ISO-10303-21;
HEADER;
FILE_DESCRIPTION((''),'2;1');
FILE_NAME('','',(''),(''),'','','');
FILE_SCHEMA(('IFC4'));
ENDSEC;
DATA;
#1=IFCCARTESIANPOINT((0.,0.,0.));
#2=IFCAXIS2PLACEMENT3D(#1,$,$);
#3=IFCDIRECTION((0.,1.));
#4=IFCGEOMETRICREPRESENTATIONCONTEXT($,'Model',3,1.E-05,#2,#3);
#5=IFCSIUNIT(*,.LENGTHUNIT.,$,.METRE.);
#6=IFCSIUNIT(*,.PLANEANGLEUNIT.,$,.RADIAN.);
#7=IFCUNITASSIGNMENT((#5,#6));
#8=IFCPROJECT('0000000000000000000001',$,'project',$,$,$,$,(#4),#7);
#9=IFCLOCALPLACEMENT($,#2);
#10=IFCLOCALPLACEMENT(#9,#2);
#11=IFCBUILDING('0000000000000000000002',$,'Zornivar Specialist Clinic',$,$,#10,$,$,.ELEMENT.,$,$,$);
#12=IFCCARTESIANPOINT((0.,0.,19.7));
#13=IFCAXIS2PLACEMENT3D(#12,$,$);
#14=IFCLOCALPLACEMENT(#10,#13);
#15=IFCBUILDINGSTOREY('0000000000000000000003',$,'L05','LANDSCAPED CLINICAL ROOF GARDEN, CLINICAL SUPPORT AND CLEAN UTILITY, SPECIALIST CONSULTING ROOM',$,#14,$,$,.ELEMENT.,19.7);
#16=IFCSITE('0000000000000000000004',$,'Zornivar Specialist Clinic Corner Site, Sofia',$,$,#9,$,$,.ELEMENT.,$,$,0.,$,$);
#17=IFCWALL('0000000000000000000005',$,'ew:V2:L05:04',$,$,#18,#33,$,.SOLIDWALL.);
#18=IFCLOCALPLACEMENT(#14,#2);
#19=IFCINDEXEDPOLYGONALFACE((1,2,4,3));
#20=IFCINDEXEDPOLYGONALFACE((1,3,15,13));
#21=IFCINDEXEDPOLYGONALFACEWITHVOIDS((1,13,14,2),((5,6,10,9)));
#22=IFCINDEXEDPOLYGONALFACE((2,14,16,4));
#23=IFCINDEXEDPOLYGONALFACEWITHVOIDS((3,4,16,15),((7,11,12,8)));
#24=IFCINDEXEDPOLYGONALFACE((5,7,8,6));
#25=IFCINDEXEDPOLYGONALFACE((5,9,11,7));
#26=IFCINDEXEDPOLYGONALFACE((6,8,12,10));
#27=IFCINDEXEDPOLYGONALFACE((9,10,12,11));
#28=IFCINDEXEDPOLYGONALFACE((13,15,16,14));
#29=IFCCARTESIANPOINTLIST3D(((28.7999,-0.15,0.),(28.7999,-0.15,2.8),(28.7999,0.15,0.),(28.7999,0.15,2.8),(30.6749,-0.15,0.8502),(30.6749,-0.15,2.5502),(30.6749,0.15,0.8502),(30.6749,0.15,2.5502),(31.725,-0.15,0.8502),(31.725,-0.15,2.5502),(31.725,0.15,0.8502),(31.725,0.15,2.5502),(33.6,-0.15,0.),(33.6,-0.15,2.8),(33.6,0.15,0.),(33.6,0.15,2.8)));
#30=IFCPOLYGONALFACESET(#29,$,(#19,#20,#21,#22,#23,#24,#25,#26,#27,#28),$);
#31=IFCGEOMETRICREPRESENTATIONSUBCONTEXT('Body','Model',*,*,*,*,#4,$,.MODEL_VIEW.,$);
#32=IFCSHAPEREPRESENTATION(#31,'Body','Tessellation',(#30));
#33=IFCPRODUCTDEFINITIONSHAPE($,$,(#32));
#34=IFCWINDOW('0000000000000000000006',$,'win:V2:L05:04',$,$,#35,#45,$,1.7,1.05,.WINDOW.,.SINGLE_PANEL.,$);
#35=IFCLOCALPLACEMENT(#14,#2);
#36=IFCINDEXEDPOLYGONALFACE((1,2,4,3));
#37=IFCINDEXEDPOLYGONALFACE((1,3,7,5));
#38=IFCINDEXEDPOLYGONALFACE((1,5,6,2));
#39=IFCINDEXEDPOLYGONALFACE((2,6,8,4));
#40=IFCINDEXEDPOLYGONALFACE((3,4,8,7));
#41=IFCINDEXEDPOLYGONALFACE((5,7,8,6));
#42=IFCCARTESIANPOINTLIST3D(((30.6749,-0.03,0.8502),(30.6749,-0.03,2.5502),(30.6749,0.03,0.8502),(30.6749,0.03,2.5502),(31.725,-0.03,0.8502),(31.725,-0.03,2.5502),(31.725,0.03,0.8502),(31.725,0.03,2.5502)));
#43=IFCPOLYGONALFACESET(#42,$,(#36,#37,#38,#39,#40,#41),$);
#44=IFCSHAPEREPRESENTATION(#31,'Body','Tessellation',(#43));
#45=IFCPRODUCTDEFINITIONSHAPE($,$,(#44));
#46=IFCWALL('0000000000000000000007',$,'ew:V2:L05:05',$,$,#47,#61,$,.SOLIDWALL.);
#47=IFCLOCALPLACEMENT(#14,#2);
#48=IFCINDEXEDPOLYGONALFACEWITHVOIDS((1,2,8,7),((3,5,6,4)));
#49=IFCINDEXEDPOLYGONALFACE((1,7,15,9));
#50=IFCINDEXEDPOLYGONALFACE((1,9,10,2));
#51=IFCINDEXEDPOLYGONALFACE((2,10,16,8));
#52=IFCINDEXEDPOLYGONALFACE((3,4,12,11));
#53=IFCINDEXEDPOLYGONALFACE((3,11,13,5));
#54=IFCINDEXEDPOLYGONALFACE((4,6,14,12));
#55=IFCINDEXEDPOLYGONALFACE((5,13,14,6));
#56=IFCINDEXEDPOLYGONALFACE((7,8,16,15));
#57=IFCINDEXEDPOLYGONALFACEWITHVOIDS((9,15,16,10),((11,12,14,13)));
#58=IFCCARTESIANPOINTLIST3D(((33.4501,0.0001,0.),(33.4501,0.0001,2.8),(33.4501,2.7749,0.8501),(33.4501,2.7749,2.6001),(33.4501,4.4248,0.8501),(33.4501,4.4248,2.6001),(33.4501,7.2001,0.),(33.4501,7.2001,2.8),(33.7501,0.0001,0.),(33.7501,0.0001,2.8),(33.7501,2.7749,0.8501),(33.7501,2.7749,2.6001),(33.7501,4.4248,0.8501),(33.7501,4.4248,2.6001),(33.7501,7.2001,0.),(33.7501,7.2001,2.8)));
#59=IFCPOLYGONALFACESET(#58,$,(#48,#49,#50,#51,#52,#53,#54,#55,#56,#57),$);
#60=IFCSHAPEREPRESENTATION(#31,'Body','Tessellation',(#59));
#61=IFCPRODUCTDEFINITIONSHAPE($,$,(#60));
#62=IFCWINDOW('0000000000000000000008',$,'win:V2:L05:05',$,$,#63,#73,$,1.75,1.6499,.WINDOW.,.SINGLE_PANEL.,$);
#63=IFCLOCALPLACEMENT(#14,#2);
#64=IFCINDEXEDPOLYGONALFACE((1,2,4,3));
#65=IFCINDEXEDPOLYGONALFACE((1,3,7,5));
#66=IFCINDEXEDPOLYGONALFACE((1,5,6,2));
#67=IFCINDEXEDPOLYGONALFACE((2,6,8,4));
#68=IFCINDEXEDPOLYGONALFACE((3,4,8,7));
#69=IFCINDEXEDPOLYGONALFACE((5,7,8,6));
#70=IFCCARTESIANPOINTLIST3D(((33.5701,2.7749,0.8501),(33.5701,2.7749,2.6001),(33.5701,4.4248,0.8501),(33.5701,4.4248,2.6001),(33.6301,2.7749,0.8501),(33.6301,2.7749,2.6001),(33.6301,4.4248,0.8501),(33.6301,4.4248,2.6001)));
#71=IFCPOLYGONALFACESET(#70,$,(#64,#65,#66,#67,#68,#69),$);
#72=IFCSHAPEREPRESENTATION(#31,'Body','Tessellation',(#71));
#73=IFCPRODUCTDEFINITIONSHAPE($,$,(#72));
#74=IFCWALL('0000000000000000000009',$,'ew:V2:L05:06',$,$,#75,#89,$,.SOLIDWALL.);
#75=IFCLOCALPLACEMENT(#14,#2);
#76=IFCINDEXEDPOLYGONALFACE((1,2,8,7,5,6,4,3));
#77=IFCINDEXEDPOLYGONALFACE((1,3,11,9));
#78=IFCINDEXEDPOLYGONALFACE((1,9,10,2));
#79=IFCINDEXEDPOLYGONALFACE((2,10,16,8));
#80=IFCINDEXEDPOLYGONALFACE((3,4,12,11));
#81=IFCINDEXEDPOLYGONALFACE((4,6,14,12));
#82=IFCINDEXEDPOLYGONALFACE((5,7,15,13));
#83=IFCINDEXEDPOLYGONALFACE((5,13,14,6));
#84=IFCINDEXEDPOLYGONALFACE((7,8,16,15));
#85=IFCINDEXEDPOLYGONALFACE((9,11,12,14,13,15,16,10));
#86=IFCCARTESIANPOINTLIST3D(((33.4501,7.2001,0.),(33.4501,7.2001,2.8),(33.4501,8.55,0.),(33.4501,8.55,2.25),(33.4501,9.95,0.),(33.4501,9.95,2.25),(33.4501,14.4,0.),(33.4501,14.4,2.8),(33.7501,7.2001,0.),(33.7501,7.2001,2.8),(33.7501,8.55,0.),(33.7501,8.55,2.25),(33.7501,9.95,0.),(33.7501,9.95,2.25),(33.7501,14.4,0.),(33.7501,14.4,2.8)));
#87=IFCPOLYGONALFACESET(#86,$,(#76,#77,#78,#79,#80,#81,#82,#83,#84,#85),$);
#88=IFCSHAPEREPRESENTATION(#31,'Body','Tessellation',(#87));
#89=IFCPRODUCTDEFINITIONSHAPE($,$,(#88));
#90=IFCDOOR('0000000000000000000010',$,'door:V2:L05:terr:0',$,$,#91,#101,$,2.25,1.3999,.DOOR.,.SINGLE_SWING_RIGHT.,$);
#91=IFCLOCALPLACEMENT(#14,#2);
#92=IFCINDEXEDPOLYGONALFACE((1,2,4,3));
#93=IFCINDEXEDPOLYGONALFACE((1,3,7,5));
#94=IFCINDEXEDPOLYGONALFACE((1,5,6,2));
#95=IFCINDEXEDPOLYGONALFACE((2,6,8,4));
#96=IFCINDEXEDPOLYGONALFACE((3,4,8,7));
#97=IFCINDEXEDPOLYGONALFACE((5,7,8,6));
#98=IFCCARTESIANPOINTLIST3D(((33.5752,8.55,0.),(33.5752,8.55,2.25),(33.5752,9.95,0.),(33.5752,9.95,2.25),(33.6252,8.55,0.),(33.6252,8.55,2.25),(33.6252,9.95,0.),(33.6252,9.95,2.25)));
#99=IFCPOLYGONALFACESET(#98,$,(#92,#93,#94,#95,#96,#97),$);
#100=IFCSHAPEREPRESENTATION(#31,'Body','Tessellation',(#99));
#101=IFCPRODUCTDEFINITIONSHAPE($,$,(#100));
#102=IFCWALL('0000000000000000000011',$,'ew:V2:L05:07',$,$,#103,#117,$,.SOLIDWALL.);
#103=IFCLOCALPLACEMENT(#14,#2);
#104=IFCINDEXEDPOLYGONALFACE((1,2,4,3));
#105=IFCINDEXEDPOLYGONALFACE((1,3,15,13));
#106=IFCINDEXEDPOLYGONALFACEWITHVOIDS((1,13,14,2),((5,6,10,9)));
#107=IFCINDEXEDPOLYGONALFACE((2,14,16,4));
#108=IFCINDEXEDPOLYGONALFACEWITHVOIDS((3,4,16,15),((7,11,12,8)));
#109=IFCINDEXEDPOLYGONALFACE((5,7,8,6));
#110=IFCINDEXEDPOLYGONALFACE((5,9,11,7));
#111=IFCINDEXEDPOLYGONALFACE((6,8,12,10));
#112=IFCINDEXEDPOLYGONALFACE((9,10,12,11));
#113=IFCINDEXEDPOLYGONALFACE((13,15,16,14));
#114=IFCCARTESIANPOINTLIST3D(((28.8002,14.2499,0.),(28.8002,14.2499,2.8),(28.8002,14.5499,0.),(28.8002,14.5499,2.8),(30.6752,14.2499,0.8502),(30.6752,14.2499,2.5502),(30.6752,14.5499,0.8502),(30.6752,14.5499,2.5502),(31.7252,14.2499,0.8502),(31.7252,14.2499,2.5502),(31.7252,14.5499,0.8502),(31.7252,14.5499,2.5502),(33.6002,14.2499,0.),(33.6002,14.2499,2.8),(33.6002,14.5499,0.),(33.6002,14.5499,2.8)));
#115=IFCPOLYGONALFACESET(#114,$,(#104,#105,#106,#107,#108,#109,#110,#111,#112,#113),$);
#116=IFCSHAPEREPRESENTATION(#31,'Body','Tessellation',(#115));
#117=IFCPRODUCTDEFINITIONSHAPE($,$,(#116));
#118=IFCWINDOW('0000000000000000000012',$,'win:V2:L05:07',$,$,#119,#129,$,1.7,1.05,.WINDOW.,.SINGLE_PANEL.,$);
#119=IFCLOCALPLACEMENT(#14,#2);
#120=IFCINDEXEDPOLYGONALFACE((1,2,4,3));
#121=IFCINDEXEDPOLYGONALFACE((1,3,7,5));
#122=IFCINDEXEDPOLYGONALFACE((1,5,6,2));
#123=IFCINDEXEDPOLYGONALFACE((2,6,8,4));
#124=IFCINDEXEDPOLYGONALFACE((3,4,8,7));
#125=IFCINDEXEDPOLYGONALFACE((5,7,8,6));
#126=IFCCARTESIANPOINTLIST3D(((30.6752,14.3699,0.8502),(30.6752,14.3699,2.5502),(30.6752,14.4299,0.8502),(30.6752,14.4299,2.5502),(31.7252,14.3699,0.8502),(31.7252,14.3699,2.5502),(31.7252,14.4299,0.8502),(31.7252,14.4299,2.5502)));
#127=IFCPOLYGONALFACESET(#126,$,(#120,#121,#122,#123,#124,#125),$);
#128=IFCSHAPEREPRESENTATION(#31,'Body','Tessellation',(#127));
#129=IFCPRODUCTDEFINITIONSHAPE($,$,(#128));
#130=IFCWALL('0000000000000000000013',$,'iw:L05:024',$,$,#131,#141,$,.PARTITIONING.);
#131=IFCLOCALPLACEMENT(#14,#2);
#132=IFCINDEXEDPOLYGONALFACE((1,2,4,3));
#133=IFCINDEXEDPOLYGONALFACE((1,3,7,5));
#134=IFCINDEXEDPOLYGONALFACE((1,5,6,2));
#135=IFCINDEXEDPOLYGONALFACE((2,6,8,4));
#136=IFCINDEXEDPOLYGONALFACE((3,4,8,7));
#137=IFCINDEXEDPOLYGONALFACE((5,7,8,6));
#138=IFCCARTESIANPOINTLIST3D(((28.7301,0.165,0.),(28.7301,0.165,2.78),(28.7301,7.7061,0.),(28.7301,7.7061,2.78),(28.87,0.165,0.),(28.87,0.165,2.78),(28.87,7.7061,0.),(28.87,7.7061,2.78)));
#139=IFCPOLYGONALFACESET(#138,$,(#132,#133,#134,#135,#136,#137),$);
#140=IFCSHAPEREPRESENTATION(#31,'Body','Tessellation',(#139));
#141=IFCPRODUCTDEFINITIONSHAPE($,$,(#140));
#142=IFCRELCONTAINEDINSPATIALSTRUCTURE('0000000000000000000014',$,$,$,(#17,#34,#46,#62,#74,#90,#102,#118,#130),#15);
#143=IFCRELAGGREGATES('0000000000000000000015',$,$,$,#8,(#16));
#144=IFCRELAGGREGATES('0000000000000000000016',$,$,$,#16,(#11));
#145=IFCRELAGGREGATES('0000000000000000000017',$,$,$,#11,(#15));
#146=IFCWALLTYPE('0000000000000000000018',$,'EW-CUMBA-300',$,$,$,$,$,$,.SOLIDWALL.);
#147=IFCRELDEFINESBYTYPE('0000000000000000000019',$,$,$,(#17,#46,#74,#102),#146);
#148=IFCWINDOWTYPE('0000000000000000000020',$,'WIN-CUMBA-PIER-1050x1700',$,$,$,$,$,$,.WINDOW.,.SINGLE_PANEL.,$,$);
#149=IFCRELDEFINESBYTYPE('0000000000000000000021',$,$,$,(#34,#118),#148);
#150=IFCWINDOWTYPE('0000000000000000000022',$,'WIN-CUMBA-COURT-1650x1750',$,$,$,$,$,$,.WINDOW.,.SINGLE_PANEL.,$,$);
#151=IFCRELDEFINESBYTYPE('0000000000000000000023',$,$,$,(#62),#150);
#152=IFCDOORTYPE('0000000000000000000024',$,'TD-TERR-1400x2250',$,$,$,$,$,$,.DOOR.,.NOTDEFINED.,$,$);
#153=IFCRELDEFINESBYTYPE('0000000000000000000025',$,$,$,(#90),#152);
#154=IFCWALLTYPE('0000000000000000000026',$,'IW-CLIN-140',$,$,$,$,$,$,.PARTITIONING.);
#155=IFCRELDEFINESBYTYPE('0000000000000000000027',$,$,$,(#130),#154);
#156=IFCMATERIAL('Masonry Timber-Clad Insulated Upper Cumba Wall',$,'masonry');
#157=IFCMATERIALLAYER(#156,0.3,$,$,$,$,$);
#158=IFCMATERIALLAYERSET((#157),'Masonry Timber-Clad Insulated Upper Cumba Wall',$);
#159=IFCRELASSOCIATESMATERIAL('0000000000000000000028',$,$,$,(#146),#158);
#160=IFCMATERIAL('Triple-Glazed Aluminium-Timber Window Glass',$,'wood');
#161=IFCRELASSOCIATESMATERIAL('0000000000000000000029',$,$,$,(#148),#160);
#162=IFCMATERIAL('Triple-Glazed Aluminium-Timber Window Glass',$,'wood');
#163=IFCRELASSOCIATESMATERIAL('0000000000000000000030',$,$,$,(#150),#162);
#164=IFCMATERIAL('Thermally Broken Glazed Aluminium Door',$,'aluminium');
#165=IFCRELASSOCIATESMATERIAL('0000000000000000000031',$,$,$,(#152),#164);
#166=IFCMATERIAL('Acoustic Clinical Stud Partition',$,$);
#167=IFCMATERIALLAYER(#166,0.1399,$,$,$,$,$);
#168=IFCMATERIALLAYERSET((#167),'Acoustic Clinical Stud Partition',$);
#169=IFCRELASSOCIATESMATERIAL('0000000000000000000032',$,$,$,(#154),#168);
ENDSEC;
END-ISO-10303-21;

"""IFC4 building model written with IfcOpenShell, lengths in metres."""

from ifc_helpers import new_model, si_unit, direction, frame, frame_2d, origin, place, context, subcontext, project, spatial, rectangle, extrude, material, layer, layer_set, type_object, element, fill, save


model = new_model("IFC4")

# Units and contexts
model_context = context("Model", 3, precision=1e-05, world=origin(), true_north=direction((0.0, 1.0)))
body_context = subcontext(model_context, "Body", "Model", "MODEL_VIEW")
ifc_project = project(units=[si_unit("LENGTHUNIT", "METRE"), si_unit("PLANEANGLEUNIT", "RADIAN")], contexts=[model_context])

# Site, building, storey
site_placement = place(None, origin())
site = spatial("IfcSite", under=ifc_project, at=site_placement, Name="Zornivar Specialist Clinic Corner Site, Sofia", CompositionType="ELEMENT", RefElevation=0.0)
building_placement = place(site_placement, origin())
building = spatial("IfcBuilding", under=site, at=building_placement, Name="Zornivar Specialist Clinic", CompositionType="ELEMENT")
storey_placement = place(building_placement, frame((0.0, 0.0, 19.7)))
storey = spatial("IfcBuildingStorey", under=building, at=storey_placement, Name="L05", Description="LANDSCAPED CLINICAL ROOF GARDEN, CLINICAL SUPPORT AND CLEAN UTILITY, SPECIALIST CONSULTING ROOM", CompositionType="ELEMENT", Elevation=19.7)

# Walls, openings, windows
ifc_material_1 = material(Name="Masonry Timber-Clad Insulated Upper Cumba Wall", Category="masonry")
ifc_layer_1 = layer(ifc_material_1, 0.3)
ifc_layer_set_1 = layer_set([ifc_layer_1], Name="Masonry Timber-Clad Insulated Upper Cumba Wall")
wall_type_1 = type_object("IfcWallType", Name="EW-CUMBA-300", PredefinedType="SOLIDWALL", material=ifc_layer_set_1)
wall_1_placement = place(storey_placement, frame((28.8, 0.0, 0.0), z_axis=(0.0, 0.0, 1.0), x_axis=(1.0, 0.0, 0.0)))
wall_1 = element("IfcWall", 1, at=wall_1_placement, inside=storey, type_object=wall_type_1, Name="ew:V2:L05:04", PredefinedType="SOLIDWALL", context=body_context, shape_type="SweptSolid", body=[
    extrude(rectangle(XDim=4.8, YDim=0.3, at=frame_2d((2.3999, 0.0))), origin(), (0.0, 0.0, 1.0), 2.8),
])
opening_1_placement = place(wall_1_placement, frame((1.875, 0.0, 0.8501)))
opening_1 = element("IfcOpeningElement", 2, at=opening_1_placement, cuts=wall_1, PredefinedType="OPENING", context=body_context, shape_type="SweptSolid", body=[
    extrude(rectangle(XDim=1.05, YDim=1.7, at=frame_2d((0.5249, 0.8501))), frame((0.0, 0.1599, 0.0), z_axis=(0.0, -1.0, 0.0), x_axis=(1.0, 0.0, 0.0)), (0.0, 0.0, 1.0), 0.3201),
])
ifc_material_2 = material(Name="Triple-Glazed Aluminium-Timber Window Glass", Category="wood")
window_type_1 = type_object("IfcWindowType", Name="WIN-CUMBA-PIER-1050x1700", PartitioningType="SINGLE_PANEL", PredefinedType="WINDOW", material=ifc_material_2)
window_1_placement = place(opening_1_placement, origin())
window_1 = element("IfcWindow", 3, at=window_1_placement, inside=storey, type_object=window_type_1, Name="win:V2:L05:04", OverallHeight=1.7, OverallWidth=1.05, PartitioningType="SINGLE_PANEL", PredefinedType="WINDOW", context=body_context, shape_type="SweptSolid", body=[
    extrude(rectangle(XDim=1.05, YDim=1.7, at=frame_2d((0.5249, 0.8501))), frame((0.0, 0.03, 0.0), z_axis=(0.0, -1.0, 0.0), x_axis=(1.0, 0.0, 0.0)), (0.0, 0.0, 1.0), 0.0601),
])
fill(opening_1, window_1)
wall_2_placement = place(storey_placement, frame((33.6001, 0.0, 0.0), z_axis=(0.0, 0.0, 1.0), x_axis=(0.0, 1.0, 0.0)))
wall_2 = element("IfcWall", 4, at=wall_2_placement, inside=storey, type_object=wall_type_1, Name="ew:V2:L05:05", PredefinedType="SOLIDWALL", context=body_context, shape_type="SweptSolid", body=[
    extrude(rectangle(XDim=7.2, YDim=0.3, at=frame_2d((3.6001, 0.0))), origin(), (0.0, 0.0, 1.0), 2.8),
])
opening_2_placement = place(wall_2_placement, frame((2.7749, 0.0, 0.8501)))
opening_2 = element("IfcOpeningElement", 5, at=opening_2_placement, cuts=wall_2, PredefinedType="OPENING", context=body_context, shape_type="SweptSolid", body=[
    extrude(rectangle(XDim=1.6499, YDim=1.75, at=frame_2d((0.825, 0.875))), frame((0.0, 0.1599, 0.0), z_axis=(0.0, -1.0, 0.0), x_axis=(1.0, 0.0, 0.0)), (0.0, 0.0, 1.0), 0.3201),
])
ifc_material_3 = material(Name="Triple-Glazed Aluminium-Timber Window Glass", Category="wood")
window_type_2 = type_object("IfcWindowType", Name="WIN-CUMBA-COURT-1650x1750", PartitioningType="SINGLE_PANEL", PredefinedType="WINDOW", material=ifc_material_3)
window_2_placement = place(opening_2_placement, origin())
window_2 = element("IfcWindow", 6, at=window_2_placement, inside=storey, type_object=window_type_2, Name="win:V2:L05:05", OverallHeight=1.75, OverallWidth=1.6499, PartitioningType="SINGLE_PANEL", PredefinedType="WINDOW", context=body_context, shape_type="SweptSolid", body=[
    extrude(rectangle(XDim=1.6499, YDim=1.75, at=frame_2d((0.825, 0.875))), frame((0.0, 0.03, 0.0), z_axis=(0.0, -1.0, 0.0), x_axis=(1.0, 0.0, 0.0)), (0.0, 0.0, 1.0), 0.0601),
])
fill(opening_2, window_2)

# Wall, opening, door
wall_3_placement = place(storey_placement, frame((33.6001, 7.2, 0.0), z_axis=(0.0, 0.0, 1.0), x_axis=(0.0, 1.0, 0.0)))
wall_3 = element("IfcWall", 7, at=wall_3_placement, inside=storey, type_object=wall_type_1, Name="ew:V2:L05:06", PredefinedType="SOLIDWALL", context=body_context, shape_type="SweptSolid", body=[
    extrude(rectangle(XDim=7.2, YDim=0.3, at=frame_2d((3.6001, 0.0))), origin(), (0.0, 0.0, 1.0), 2.8),
])
opening_3_placement = place(wall_3_placement, frame((1.3501, 0.0, 0.0)))
opening_3 = element("IfcOpeningElement", 8, at=opening_3_placement, cuts=wall_3, PredefinedType="OPENING", context=body_context, shape_type="SweptSolid", body=[
    extrude(rectangle(XDim=1.3999, YDim=2.25, at=frame_2d((0.7, 1.125))), frame((0.0, 0.1599, 0.0), z_axis=(0.0, -1.0, 0.0), x_axis=(1.0, 0.0, 0.0)), (0.0, 0.0, 1.0), 0.3201),
])
ifc_material_4 = material(Name="Thermally Broken Glazed Aluminium Door", Category="aluminium")
door_type_1 = type_object("IfcDoorType", Name="TD-TERR-1400x2250", OperationType="NOTDEFINED", PredefinedType="DOOR", material=ifc_material_4)
door_1_placement = place(opening_3_placement, origin())
door_1 = element("IfcDoor", 9, at=door_1_placement, inside=storey, type_object=door_type_1, Name="door:V2:L05:terr:0", OperationType="SINGLE_SWING_RIGHT", OverallHeight=2.25, OverallWidth=1.3999, PredefinedType="DOOR", context=body_context, shape_type="SweptSolid", body=[
    extrude(rectangle(XDim=1.3999, YDim=2.25, at=frame_2d((0.7, 1.125))), frame((0.0, 0.0249, 0.0), z_axis=(0.0, -1.0, 0.0), x_axis=(1.0, 0.0, 0.0)), (0.0, 0.0, 1.0), 0.05),
])
fill(opening_3, door_1)

# Wall, opening, window
wall_4_placement = place(storey_placement, frame((33.6001, 14.3999, 0.0), z_axis=(0.0, 0.0, 1.0), x_axis=(-1.0, 0.0, 0.0)))
wall_4 = element("IfcWall", 10, at=wall_4_placement, inside=storey, type_object=wall_type_1, Name="ew:V2:L05:07", PredefinedType="SOLIDWALL", context=body_context, shape_type="SweptSolid", body=[
    extrude(rectangle(XDim=4.8, YDim=0.3, at=frame_2d((2.3999, 0.0))), origin(), (0.0, 0.0, 1.0), 2.8),
])
opening_4_placement = place(wall_4_placement, frame((1.875, 0.0, 0.8501)))
opening_4 = element("IfcOpeningElement", 11, at=opening_4_placement, cuts=wall_4, PredefinedType="OPENING", context=body_context, shape_type="SweptSolid", body=[
    extrude(rectangle(XDim=1.05, YDim=1.7, at=frame_2d((0.5249, 0.8501))), frame((0.0, 0.1599, 0.0), z_axis=(0.0, -1.0, 0.0), x_axis=(1.0, 0.0, 0.0)), (0.0, 0.0, 1.0), 0.3201),
])
window_3_placement = place(opening_4_placement, origin())
window_3 = element("IfcWindow", 12, at=window_3_placement, inside=storey, type_object=window_type_1, Name="win:V2:L05:07", OverallHeight=1.7, OverallWidth=1.05, PartitioningType="SINGLE_PANEL", PredefinedType="WINDOW", context=body_context, shape_type="SweptSolid", body=[
    extrude(rectangle(XDim=1.05, YDim=1.7, at=frame_2d((0.5249, 0.8501))), frame((0.0, 0.03, 0.0), z_axis=(0.0, -1.0, 0.0), x_axis=(1.0, 0.0, 0.0)), (0.0, 0.0, 1.0), 0.0601),
])
fill(opening_4, window_3)

# Wall
ifc_material_5 = material(Name="Acoustic Clinical Stud Partition")
ifc_layer_2 = layer(ifc_material_5, 0.1399)
ifc_layer_set_2 = layer_set([ifc_layer_2], Name="Acoustic Clinical Stud Partition")
wall_type_2 = type_object("IfcWallType", Name="IW-CLIN-140", PredefinedType="PARTITIONING", material=ifc_layer_set_2)
wall_5_placement = place(storey_placement, frame((28.8, 7.7061, 0.0), z_axis=(0.0, 0.0, 1.0), x_axis=(0.0, -1.0, 0.0)))
element("IfcWall", 13, at=wall_5_placement, inside=storey, type_object=wall_type_2, Name="iw:L05:024", PredefinedType="PARTITIONING", context=body_context, shape_type="SweptSolid", body=[
    extrude(rectangle(XDim=7.541, YDim=0.1399, at=frame_2d((3.7705, 0.0))), origin(), (0.0, 0.0, 1.0), 2.78),
])

save(model, "model.ifc")
